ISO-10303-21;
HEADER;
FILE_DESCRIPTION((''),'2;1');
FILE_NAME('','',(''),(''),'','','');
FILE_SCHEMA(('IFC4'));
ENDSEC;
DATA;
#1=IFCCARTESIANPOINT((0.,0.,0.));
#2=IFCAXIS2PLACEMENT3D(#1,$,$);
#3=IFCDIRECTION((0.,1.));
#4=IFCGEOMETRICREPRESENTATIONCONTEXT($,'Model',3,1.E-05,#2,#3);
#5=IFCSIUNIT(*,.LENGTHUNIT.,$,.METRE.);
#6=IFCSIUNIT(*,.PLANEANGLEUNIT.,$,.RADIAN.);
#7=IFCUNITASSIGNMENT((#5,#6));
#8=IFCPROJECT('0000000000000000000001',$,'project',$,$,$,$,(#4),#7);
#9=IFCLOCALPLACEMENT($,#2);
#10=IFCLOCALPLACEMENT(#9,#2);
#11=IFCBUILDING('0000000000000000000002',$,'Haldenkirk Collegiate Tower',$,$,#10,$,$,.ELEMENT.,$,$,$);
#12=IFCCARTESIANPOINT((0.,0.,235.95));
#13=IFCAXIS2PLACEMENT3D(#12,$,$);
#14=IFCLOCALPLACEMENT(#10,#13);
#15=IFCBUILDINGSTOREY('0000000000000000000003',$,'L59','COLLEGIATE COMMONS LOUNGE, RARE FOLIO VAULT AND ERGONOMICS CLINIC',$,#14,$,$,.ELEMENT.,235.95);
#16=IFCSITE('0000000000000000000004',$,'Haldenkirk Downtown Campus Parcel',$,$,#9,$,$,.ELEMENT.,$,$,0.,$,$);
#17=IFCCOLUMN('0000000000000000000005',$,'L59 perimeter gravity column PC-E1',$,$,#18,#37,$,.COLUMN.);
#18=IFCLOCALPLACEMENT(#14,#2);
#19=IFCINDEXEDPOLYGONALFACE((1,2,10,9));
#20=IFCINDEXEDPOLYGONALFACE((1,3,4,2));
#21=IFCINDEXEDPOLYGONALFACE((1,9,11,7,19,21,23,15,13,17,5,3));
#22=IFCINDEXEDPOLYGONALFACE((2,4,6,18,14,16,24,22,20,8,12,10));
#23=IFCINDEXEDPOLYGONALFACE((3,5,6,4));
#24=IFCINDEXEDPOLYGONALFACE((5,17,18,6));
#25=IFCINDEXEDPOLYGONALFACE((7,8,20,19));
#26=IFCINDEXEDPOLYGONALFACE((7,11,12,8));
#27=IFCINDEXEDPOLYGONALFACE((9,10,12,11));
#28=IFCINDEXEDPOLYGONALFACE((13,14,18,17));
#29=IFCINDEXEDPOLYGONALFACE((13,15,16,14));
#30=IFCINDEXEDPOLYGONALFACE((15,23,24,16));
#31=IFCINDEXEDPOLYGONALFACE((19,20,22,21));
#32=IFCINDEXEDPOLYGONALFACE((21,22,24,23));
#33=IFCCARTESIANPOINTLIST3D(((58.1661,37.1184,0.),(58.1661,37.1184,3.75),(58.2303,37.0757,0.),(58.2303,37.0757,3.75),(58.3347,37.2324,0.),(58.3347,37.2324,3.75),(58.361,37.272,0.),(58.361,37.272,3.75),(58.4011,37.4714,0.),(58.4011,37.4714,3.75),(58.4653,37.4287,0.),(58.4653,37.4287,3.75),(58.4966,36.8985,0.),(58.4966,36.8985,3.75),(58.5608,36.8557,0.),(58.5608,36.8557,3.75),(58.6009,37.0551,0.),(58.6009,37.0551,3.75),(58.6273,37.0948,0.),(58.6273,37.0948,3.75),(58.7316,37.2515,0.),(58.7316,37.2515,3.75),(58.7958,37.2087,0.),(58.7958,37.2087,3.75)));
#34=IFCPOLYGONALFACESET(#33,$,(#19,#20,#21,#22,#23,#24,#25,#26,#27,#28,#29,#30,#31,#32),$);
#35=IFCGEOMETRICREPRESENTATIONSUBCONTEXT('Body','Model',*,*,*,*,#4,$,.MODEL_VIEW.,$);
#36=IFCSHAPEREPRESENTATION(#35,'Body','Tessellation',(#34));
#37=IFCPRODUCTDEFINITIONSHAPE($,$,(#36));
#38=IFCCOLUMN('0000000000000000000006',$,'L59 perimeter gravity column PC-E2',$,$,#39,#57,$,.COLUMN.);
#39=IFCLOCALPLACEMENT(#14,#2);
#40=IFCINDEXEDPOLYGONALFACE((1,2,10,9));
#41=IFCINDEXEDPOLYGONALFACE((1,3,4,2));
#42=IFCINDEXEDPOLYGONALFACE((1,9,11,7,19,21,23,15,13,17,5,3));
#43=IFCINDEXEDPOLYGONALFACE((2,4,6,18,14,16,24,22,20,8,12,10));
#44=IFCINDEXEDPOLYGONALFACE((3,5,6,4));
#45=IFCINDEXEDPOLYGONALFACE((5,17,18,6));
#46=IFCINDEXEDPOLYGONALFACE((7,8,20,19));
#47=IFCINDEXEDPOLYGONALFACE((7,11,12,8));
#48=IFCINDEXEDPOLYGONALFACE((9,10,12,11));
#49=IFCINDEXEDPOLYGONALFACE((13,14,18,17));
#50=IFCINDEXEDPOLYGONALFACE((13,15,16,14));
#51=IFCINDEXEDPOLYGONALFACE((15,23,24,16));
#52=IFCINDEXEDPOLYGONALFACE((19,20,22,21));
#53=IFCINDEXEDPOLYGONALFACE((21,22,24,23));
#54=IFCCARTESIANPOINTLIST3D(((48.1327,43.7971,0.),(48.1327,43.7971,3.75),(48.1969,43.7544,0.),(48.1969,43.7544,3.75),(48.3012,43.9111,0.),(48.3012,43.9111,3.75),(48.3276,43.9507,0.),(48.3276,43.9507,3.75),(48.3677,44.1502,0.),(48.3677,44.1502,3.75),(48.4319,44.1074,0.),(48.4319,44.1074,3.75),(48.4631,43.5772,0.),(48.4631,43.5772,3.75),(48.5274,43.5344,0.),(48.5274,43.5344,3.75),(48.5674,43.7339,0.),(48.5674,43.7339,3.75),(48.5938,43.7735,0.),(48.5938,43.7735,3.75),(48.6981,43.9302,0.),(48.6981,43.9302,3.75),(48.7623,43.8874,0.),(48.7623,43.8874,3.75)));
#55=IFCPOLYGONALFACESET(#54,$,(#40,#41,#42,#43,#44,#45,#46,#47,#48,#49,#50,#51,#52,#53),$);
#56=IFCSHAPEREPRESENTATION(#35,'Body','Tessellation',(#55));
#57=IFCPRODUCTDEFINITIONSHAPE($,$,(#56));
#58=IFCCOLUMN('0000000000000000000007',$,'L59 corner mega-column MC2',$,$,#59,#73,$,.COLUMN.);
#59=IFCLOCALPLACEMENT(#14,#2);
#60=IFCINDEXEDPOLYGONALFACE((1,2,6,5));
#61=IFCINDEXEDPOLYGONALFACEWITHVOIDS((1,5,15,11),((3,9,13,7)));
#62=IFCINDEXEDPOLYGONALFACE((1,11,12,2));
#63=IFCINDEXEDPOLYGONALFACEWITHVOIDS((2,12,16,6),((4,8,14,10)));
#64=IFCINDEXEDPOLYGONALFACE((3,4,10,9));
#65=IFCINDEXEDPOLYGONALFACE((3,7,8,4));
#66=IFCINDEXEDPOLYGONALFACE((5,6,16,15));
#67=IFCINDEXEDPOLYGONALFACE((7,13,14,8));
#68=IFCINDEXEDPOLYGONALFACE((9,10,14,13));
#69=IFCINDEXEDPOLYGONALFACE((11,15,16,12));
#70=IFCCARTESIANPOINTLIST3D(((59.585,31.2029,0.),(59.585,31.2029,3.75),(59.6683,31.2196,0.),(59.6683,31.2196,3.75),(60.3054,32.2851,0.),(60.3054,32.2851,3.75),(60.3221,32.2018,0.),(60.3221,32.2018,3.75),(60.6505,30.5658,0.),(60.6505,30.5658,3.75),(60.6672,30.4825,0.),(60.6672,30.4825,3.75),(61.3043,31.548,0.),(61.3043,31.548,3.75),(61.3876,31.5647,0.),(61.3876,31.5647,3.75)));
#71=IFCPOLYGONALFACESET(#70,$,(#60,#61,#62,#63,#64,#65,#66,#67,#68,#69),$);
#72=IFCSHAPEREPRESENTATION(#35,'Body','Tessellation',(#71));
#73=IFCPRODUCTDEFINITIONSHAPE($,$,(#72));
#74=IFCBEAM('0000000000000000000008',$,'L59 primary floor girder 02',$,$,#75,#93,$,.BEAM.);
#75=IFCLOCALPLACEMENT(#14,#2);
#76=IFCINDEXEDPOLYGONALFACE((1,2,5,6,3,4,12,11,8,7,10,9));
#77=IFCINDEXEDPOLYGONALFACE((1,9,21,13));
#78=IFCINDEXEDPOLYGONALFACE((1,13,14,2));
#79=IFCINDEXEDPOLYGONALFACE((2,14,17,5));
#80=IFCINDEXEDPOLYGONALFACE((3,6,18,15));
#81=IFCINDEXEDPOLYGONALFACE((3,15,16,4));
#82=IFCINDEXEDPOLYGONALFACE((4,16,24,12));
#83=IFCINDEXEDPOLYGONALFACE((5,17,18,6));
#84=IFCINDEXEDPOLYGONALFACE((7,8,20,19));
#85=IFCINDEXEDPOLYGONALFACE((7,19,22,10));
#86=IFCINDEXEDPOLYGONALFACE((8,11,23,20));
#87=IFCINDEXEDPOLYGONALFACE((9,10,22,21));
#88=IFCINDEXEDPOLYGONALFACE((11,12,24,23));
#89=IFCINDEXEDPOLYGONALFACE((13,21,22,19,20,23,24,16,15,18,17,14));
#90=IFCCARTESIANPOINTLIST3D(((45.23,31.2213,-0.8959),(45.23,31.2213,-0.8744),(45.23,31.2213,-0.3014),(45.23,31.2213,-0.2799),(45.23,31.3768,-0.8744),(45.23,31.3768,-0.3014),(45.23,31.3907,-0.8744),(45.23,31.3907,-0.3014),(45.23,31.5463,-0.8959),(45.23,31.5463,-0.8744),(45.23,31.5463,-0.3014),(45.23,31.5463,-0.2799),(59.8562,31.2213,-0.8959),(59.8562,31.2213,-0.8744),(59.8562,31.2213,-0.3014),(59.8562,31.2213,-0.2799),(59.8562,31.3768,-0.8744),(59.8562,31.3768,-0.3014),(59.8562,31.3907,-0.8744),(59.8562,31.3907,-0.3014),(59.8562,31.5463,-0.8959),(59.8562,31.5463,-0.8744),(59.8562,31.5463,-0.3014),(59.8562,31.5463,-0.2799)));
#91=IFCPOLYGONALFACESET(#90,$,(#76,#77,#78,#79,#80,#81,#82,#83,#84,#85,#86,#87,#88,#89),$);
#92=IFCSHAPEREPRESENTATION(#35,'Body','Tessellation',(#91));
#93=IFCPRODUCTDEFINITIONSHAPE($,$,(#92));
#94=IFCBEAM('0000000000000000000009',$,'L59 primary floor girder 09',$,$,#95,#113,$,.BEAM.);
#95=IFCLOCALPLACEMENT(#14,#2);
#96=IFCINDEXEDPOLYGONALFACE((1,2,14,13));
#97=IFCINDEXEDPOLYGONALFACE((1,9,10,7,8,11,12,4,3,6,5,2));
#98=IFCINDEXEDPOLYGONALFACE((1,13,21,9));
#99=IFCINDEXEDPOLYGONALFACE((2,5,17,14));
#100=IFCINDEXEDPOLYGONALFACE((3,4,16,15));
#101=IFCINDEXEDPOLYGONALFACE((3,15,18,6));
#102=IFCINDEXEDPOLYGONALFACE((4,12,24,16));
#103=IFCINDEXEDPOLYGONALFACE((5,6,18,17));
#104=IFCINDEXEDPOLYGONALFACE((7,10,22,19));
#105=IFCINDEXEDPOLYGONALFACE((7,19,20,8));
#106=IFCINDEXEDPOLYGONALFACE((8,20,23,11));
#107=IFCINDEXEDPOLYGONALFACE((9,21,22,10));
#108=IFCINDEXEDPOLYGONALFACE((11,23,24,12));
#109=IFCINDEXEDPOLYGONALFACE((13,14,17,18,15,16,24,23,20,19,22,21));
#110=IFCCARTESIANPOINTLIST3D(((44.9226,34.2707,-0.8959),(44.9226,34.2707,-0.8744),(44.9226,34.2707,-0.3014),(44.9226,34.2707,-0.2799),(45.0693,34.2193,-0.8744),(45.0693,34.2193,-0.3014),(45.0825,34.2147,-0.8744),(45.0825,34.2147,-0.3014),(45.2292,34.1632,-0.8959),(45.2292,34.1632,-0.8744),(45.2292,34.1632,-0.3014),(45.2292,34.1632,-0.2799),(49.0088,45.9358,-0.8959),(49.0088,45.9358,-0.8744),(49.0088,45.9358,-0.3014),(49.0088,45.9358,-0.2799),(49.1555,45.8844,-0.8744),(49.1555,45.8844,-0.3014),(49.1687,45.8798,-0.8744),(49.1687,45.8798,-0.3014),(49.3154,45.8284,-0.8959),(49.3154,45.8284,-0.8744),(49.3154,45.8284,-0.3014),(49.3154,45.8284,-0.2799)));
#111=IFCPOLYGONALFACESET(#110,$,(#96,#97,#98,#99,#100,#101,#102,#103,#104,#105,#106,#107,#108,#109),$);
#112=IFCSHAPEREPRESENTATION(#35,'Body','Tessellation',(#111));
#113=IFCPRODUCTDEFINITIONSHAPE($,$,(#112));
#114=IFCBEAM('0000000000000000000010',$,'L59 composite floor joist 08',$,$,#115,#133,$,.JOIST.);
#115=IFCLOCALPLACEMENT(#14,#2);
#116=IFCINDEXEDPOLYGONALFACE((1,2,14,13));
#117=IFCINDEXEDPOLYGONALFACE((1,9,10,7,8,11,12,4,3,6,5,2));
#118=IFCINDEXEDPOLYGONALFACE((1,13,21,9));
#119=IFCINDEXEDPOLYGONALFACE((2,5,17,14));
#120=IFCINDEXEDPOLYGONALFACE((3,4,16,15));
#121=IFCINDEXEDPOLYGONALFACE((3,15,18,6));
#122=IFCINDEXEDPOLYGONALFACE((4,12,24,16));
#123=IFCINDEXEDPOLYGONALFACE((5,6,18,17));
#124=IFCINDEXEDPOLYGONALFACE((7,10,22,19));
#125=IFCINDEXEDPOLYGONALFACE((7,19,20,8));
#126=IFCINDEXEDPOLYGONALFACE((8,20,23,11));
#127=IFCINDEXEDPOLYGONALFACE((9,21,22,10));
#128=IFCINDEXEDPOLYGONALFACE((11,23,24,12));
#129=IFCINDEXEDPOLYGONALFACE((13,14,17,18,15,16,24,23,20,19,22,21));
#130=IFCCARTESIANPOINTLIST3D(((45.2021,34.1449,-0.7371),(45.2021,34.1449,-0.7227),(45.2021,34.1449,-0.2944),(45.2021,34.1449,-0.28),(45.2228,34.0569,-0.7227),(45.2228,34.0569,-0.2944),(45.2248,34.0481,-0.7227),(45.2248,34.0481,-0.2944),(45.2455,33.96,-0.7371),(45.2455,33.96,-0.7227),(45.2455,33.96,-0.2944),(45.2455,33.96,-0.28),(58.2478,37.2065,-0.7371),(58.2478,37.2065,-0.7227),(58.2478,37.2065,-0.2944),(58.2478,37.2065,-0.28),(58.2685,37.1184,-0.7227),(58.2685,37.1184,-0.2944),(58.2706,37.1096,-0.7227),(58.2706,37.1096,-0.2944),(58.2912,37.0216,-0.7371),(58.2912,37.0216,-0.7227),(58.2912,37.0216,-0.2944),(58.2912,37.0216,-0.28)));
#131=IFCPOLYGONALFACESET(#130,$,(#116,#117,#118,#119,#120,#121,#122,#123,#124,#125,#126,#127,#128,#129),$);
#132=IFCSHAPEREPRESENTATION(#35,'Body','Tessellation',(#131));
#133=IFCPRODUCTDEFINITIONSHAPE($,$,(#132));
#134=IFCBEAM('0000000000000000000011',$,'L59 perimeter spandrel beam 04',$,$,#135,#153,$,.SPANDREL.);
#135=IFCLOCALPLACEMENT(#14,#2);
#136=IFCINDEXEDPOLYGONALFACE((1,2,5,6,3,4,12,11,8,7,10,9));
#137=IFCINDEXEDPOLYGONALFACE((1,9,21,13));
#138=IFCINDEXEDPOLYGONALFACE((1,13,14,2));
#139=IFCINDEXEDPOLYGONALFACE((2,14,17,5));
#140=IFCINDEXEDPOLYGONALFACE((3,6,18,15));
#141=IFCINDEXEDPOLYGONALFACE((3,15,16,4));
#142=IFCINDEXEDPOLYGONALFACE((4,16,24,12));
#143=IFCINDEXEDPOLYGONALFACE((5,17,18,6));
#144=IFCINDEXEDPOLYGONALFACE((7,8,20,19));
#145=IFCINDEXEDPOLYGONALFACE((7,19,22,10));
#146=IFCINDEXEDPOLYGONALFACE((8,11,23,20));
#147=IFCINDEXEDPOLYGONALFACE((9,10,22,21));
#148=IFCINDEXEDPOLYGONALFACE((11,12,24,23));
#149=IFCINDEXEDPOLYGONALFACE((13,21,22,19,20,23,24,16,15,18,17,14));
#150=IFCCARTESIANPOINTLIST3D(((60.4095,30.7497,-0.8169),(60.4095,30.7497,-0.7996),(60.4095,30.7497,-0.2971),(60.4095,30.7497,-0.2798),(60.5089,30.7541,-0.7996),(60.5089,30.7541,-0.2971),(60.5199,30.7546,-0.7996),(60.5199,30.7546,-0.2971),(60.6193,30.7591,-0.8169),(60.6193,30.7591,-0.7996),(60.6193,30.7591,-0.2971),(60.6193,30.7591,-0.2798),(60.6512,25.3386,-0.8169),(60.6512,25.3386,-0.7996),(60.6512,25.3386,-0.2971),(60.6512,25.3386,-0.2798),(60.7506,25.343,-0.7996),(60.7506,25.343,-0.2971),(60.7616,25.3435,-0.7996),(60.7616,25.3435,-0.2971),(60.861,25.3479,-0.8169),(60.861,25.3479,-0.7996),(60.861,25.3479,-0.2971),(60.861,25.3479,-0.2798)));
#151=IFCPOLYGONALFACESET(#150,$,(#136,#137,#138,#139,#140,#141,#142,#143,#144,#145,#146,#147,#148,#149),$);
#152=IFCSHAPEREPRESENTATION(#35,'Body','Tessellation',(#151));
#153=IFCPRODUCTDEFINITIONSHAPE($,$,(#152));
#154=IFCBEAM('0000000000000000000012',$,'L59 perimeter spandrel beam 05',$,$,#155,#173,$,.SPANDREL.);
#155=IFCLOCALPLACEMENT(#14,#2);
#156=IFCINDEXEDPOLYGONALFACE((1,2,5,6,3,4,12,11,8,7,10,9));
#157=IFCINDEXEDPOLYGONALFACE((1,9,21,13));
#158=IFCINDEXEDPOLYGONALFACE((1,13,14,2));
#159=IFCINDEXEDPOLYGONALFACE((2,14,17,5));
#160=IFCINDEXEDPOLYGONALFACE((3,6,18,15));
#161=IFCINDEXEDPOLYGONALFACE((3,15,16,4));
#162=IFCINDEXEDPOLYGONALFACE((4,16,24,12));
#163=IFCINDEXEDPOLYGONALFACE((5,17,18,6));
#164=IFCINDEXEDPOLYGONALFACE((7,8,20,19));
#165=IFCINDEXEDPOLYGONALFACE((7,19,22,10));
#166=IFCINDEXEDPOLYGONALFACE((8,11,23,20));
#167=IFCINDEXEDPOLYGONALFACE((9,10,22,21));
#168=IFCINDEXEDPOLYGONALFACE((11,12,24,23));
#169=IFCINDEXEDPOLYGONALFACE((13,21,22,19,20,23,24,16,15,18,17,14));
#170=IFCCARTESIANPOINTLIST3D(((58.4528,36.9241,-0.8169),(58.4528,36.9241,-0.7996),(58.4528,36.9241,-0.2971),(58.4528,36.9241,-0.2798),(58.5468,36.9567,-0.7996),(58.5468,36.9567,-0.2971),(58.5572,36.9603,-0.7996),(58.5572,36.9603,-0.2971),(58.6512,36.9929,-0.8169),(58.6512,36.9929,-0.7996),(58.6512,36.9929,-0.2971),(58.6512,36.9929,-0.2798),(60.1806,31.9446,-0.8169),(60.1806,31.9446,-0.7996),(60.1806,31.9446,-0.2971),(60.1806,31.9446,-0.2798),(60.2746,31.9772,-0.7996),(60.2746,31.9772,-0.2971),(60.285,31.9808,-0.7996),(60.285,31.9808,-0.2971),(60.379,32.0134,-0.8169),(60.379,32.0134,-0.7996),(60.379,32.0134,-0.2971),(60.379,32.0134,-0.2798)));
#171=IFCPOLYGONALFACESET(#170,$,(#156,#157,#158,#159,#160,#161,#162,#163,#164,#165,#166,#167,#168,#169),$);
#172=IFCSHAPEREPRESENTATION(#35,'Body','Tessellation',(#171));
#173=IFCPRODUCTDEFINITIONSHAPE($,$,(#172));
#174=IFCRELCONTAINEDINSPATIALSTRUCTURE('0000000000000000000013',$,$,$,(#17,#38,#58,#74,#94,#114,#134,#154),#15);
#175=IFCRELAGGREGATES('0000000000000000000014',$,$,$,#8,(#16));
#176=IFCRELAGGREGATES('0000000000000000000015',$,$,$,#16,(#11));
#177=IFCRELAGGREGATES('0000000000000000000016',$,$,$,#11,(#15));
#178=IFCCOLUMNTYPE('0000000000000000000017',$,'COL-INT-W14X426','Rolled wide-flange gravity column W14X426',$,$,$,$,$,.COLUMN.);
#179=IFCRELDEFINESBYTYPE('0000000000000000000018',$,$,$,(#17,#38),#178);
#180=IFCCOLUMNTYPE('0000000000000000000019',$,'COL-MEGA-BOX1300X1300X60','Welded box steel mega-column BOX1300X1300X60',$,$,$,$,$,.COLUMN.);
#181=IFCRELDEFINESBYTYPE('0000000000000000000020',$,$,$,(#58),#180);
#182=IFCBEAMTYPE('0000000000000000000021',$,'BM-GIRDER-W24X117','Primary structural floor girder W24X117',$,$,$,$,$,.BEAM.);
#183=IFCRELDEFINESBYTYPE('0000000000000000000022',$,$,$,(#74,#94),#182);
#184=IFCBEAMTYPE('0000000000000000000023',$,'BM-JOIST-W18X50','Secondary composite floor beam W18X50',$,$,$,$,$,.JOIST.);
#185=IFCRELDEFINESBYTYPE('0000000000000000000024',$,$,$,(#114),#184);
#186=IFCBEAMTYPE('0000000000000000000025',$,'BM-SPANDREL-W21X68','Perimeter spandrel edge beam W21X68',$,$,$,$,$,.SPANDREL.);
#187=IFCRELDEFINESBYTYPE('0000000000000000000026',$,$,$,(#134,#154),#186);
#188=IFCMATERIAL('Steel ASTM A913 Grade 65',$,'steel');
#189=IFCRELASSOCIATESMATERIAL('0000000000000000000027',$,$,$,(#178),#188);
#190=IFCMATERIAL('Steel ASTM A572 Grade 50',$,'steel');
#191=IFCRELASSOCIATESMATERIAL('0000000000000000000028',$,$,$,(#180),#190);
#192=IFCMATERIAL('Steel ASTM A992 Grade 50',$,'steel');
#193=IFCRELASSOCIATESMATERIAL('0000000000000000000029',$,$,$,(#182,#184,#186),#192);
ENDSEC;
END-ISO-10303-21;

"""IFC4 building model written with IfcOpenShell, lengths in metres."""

from ifc_helpers import new_model, si_unit, direction, frame, origin, origin_2d, place, context, subcontext, project, spatial, hollow_rectangle, i_section, extrude, material, material_profile, profile_set, type_object, element, save


model = new_model("IFC4")

# Units and contexts
model_context = context("Model", 3, precision=1e-05, world=origin(), true_north=direction((0.0, 1.0)))
body_context = subcontext(model_context, "Body", "Model", "MODEL_VIEW")
ifc_project = project(units=[si_unit("LENGTHUNIT", "METRE"), si_unit("PLANEANGLEUNIT", "RADIAN")], contexts=[model_context])

# Site, building, storey
site_placement = place(None, origin())
site = spatial("IfcSite", under=ifc_project, at=site_placement, Name="Haldenkirk Downtown Campus Parcel", CompositionType="ELEMENT", RefElevation=0.0)
building_placement = place(site_placement, origin())
building = spatial("IfcBuilding", under=site, at=building_placement, Name="Haldenkirk Collegiate Tower", CompositionType="ELEMENT")
storey_placement = place(building_placement, frame((0.0, 0.0, 235.95)))
storey = spatial("IfcBuildingStorey", under=building, at=storey_placement, Name="L59", Description="COLLEGIATE COMMONS LOUNGE, RARE FOLIO VAULT AND ERGONOMICS CLINIC", CompositionType="ELEMENT", Elevation=235.95)

# Columns
ifc_material_1 = material(Name="Steel ASTM A913 Grade 65", Category="steel")
ifc_material_profile_1 = material_profile(ifc_material_1, i_section(OverallWidth=0.4241, OverallDepth=0.4741, WebThickness=0.0476, FlangeThickness=0.0771, at=origin_2d()), Name="W14X426")
ifc_profile_set_1 = profile_set([ifc_material_profile_1], Name="Steel ASTM A913 Grade 65")
column_type_1 = type_object("IfcColumnType", Name="COL-INT-W14X426", Description="Rolled wide-flange gravity column W14X426", PredefinedType="COLUMN", material=ifc_profile_set_1)
for number, where, z_axis, x_axis, name in (
    (1, (58.481, 37.1636, 0.0), (0.0, 0.0, 1.0), (0.554118, 0.832438, 0.0), "L59 perimeter gravity column PC-E1"),
    (2, (48.4475, 43.8423, 0.0), (0.0, 0.0, 1.0), (0.554118, 0.832438, 0.0), "L59 perimeter gravity column PC-E2"),
):
    element("IfcColumn", number, at=place(storey_placement, frame(where, z_axis=z_axis, x_axis=x_axis)), inside=storey, type_object=column_type_1, Name=name, PredefinedType="COLUMN", context=body_context, shape_type="SweptSolid", body=[
        extrude(i_section(OverallWidth=0.4241, OverallDepth=0.4741, WebThickness=0.0476, FlangeThickness=0.0771, at=origin_2d()), origin(), (0.0, 0.0, 1.0), 3.75),
    ])
ifc_material_2 = material(Name="Steel ASTM A572 Grade 50", Category="steel")
ifc_material_profile_2 = material_profile(ifc_material_2, hollow_rectangle(XDim=1.3, YDim=1.3, WallThickness=0.0601, at=origin_2d()), Name="BOX1300X1300X60")
ifc_profile_set_2 = profile_set([ifc_material_profile_2], Name="Steel ASTM A572 Grade 50")
column_type_2 = type_object("IfcColumnType", Name="COL-MEGA-BOX1300X1300X60", Description="Welded box steel mega-column BOX1300X1300X60", PredefinedType="COLUMN", material=ifc_profile_set_2)
column_placement = place(storey_placement, frame((60.4863, 31.3838, 0.0), z_axis=(0.0, 0.0, 1.0), x_axis=(0.554118, 0.832438, 0.0)))
element("IfcColumn", 3, at=column_placement, inside=storey, type_object=column_type_2, Name="L59 corner mega-column MC2", PredefinedType="COLUMN", context=body_context, shape_type="SweptSolid", body=[
    extrude(hollow_rectangle(XDim=1.3, YDim=1.3, WallThickness=0.0601, at=origin_2d()), origin(), (0.0, 0.0, 1.0), 3.75),
])

# Beams
ifc_material_3 = material(Name="Steel ASTM A992 Grade 50", Category="steel")
ifc_material_profile_3 = material_profile(ifc_material_3, i_section(OverallWidth=0.325, OverallDepth=0.616, WebThickness=0.0139, FlangeThickness=0.0215, at=origin_2d()), Name="W24X117")
ifc_profile_set_3 = profile_set([ifc_material_profile_3], Name="Steel ASTM A992 Grade 50")
beam_type_1 = type_object("IfcBeamType", Name="BM-GIRDER-W24X117", Description="Primary structural floor girder W24X117", PredefinedType="BEAM", material=ifc_profile_set_3)
beam_1_placement = place(storey_placement, frame((59.8562, 31.3838, -0.5879), z_axis=(-1.0, 0.0, 0.0), x_axis=(0.0, -1.0, 0.0)))
element("IfcBeam", 4, at=beam_1_placement, inside=storey, type_object=beam_type_1, Name="L59 primary floor girder 02", PredefinedType="BEAM", context=body_context, shape_type="SweptSolid", body=[
    extrude(i_section(OverallWidth=0.325, OverallDepth=0.616, WebThickness=0.0139, FlangeThickness=0.0215, at=origin_2d()), origin(), (0.0, 0.0, 1.0), 14.6262),
])
beam_2_placement = place(storey_placement, frame((49.1621, 45.8821, -0.5879), z_axis=(-0.330597, -0.943772, 0.0), x_axis=(0.943772, -0.330597, 0.0)))
element("IfcBeam", 5, at=beam_2_placement, inside=storey, type_object=beam_type_1, Name="L59 primary floor girder 09", PredefinedType="BEAM", context=body_context, shape_type="SweptSolid", body=[
    extrude(i_section(OverallWidth=0.325, OverallDepth=0.616, WebThickness=0.0139, FlangeThickness=0.0215, at=origin_2d()), origin(), (0.0, 0.0, 1.0), 12.3601),
])
ifc_material_profile_4 = material_profile(ifc_material_3, i_section(OverallWidth=0.1899, OverallDepth=0.457, WebThickness=0.009, FlangeThickness=0.0144, at=origin_2d()), Name="W18X50")
ifc_profile_set_4 = profile_set([ifc_material_profile_4], Name="Steel ASTM A992 Grade 50")
beam_type_2 = type_object("IfcBeamType", Name="BM-JOIST-W18X50", Description="Secondary composite floor beam W18X50", PredefinedType="JOIST", material=ifc_profile_set_4)
beam_3_placement = place(storey_placement, frame((58.2695, 37.114, -0.5085), z_axis=(-0.973551, -0.228471, 0.0), x_axis=(0.228471, -0.973551, 0.0)))
element("IfcBeam", 6, at=beam_3_placement, inside=storey, type_object=beam_type_2, Name="L59 composite floor joist 08", PredefinedType="JOIST", context=body_context, shape_type="SweptSolid", body=[
    extrude(i_section(OverallWidth=0.1899, OverallDepth=0.457, WebThickness=0.009, FlangeThickness=0.0144, at=origin_2d()), origin(), (0.0, 0.0, 1.0), 13.4001),
])
ifc_material_profile_5 = material_profile(ifc_material_3, i_section(OverallWidth=0.21, OverallDepth=0.5371, WebThickness=0.011, FlangeThickness=0.0173, at=origin_2d()), Name="W21X68")
ifc_profile_set_5 = profile_set([ifc_material_profile_5], Name="Steel ASTM A992 Grade 50")
beam_type_3 = type_object("IfcBeamType", Name="BM-SPANDREL-W21X68", Description="Perimeter spandrel edge beam W21X68", PredefinedType="SPANDREL", material=ifc_profile_set_5)
beam_4_placement = place(storey_placement, frame((60.7561, 25.3433, -0.5483), z_axis=(-0.044623, 0.999004, 0.0), x_axis=(-0.999004, -0.044623, 0.0)))
element("IfcBeam", 7, at=beam_4_placement, inside=storey, type_object=beam_type_3, Name="L59 perimeter spandrel beam 04", PredefinedType="SPANDREL", context=body_context, shape_type="SweptSolid", body=[
    extrude(i_section(OverallWidth=0.21, OverallDepth=0.5371, WebThickness=0.011, FlangeThickness=0.0173, at=origin_2d()), origin(), (0.0, 0.0, 1.0), 5.4165),
])
beam_5_placement = place(storey_placement, frame((60.2798, 31.979, -0.5483), z_axis=(-0.327807, 0.944745, 0.0), x_axis=(-0.944745, -0.327807, 0.0)))
element("IfcBeam", 8, at=beam_5_placement, inside=storey, type_object=beam_type_3, Name="L59 perimeter spandrel beam 05", PredefinedType="SPANDREL", context=body_context, shape_type="SweptSolid", body=[
    extrude(i_section(OverallWidth=0.21, OverallDepth=0.5371, WebThickness=0.011, FlangeThickness=0.0173, at=origin_2d()), origin(), (0.0, 0.0, 1.0), 5.2708),
])

save(model, "model.ifc")
